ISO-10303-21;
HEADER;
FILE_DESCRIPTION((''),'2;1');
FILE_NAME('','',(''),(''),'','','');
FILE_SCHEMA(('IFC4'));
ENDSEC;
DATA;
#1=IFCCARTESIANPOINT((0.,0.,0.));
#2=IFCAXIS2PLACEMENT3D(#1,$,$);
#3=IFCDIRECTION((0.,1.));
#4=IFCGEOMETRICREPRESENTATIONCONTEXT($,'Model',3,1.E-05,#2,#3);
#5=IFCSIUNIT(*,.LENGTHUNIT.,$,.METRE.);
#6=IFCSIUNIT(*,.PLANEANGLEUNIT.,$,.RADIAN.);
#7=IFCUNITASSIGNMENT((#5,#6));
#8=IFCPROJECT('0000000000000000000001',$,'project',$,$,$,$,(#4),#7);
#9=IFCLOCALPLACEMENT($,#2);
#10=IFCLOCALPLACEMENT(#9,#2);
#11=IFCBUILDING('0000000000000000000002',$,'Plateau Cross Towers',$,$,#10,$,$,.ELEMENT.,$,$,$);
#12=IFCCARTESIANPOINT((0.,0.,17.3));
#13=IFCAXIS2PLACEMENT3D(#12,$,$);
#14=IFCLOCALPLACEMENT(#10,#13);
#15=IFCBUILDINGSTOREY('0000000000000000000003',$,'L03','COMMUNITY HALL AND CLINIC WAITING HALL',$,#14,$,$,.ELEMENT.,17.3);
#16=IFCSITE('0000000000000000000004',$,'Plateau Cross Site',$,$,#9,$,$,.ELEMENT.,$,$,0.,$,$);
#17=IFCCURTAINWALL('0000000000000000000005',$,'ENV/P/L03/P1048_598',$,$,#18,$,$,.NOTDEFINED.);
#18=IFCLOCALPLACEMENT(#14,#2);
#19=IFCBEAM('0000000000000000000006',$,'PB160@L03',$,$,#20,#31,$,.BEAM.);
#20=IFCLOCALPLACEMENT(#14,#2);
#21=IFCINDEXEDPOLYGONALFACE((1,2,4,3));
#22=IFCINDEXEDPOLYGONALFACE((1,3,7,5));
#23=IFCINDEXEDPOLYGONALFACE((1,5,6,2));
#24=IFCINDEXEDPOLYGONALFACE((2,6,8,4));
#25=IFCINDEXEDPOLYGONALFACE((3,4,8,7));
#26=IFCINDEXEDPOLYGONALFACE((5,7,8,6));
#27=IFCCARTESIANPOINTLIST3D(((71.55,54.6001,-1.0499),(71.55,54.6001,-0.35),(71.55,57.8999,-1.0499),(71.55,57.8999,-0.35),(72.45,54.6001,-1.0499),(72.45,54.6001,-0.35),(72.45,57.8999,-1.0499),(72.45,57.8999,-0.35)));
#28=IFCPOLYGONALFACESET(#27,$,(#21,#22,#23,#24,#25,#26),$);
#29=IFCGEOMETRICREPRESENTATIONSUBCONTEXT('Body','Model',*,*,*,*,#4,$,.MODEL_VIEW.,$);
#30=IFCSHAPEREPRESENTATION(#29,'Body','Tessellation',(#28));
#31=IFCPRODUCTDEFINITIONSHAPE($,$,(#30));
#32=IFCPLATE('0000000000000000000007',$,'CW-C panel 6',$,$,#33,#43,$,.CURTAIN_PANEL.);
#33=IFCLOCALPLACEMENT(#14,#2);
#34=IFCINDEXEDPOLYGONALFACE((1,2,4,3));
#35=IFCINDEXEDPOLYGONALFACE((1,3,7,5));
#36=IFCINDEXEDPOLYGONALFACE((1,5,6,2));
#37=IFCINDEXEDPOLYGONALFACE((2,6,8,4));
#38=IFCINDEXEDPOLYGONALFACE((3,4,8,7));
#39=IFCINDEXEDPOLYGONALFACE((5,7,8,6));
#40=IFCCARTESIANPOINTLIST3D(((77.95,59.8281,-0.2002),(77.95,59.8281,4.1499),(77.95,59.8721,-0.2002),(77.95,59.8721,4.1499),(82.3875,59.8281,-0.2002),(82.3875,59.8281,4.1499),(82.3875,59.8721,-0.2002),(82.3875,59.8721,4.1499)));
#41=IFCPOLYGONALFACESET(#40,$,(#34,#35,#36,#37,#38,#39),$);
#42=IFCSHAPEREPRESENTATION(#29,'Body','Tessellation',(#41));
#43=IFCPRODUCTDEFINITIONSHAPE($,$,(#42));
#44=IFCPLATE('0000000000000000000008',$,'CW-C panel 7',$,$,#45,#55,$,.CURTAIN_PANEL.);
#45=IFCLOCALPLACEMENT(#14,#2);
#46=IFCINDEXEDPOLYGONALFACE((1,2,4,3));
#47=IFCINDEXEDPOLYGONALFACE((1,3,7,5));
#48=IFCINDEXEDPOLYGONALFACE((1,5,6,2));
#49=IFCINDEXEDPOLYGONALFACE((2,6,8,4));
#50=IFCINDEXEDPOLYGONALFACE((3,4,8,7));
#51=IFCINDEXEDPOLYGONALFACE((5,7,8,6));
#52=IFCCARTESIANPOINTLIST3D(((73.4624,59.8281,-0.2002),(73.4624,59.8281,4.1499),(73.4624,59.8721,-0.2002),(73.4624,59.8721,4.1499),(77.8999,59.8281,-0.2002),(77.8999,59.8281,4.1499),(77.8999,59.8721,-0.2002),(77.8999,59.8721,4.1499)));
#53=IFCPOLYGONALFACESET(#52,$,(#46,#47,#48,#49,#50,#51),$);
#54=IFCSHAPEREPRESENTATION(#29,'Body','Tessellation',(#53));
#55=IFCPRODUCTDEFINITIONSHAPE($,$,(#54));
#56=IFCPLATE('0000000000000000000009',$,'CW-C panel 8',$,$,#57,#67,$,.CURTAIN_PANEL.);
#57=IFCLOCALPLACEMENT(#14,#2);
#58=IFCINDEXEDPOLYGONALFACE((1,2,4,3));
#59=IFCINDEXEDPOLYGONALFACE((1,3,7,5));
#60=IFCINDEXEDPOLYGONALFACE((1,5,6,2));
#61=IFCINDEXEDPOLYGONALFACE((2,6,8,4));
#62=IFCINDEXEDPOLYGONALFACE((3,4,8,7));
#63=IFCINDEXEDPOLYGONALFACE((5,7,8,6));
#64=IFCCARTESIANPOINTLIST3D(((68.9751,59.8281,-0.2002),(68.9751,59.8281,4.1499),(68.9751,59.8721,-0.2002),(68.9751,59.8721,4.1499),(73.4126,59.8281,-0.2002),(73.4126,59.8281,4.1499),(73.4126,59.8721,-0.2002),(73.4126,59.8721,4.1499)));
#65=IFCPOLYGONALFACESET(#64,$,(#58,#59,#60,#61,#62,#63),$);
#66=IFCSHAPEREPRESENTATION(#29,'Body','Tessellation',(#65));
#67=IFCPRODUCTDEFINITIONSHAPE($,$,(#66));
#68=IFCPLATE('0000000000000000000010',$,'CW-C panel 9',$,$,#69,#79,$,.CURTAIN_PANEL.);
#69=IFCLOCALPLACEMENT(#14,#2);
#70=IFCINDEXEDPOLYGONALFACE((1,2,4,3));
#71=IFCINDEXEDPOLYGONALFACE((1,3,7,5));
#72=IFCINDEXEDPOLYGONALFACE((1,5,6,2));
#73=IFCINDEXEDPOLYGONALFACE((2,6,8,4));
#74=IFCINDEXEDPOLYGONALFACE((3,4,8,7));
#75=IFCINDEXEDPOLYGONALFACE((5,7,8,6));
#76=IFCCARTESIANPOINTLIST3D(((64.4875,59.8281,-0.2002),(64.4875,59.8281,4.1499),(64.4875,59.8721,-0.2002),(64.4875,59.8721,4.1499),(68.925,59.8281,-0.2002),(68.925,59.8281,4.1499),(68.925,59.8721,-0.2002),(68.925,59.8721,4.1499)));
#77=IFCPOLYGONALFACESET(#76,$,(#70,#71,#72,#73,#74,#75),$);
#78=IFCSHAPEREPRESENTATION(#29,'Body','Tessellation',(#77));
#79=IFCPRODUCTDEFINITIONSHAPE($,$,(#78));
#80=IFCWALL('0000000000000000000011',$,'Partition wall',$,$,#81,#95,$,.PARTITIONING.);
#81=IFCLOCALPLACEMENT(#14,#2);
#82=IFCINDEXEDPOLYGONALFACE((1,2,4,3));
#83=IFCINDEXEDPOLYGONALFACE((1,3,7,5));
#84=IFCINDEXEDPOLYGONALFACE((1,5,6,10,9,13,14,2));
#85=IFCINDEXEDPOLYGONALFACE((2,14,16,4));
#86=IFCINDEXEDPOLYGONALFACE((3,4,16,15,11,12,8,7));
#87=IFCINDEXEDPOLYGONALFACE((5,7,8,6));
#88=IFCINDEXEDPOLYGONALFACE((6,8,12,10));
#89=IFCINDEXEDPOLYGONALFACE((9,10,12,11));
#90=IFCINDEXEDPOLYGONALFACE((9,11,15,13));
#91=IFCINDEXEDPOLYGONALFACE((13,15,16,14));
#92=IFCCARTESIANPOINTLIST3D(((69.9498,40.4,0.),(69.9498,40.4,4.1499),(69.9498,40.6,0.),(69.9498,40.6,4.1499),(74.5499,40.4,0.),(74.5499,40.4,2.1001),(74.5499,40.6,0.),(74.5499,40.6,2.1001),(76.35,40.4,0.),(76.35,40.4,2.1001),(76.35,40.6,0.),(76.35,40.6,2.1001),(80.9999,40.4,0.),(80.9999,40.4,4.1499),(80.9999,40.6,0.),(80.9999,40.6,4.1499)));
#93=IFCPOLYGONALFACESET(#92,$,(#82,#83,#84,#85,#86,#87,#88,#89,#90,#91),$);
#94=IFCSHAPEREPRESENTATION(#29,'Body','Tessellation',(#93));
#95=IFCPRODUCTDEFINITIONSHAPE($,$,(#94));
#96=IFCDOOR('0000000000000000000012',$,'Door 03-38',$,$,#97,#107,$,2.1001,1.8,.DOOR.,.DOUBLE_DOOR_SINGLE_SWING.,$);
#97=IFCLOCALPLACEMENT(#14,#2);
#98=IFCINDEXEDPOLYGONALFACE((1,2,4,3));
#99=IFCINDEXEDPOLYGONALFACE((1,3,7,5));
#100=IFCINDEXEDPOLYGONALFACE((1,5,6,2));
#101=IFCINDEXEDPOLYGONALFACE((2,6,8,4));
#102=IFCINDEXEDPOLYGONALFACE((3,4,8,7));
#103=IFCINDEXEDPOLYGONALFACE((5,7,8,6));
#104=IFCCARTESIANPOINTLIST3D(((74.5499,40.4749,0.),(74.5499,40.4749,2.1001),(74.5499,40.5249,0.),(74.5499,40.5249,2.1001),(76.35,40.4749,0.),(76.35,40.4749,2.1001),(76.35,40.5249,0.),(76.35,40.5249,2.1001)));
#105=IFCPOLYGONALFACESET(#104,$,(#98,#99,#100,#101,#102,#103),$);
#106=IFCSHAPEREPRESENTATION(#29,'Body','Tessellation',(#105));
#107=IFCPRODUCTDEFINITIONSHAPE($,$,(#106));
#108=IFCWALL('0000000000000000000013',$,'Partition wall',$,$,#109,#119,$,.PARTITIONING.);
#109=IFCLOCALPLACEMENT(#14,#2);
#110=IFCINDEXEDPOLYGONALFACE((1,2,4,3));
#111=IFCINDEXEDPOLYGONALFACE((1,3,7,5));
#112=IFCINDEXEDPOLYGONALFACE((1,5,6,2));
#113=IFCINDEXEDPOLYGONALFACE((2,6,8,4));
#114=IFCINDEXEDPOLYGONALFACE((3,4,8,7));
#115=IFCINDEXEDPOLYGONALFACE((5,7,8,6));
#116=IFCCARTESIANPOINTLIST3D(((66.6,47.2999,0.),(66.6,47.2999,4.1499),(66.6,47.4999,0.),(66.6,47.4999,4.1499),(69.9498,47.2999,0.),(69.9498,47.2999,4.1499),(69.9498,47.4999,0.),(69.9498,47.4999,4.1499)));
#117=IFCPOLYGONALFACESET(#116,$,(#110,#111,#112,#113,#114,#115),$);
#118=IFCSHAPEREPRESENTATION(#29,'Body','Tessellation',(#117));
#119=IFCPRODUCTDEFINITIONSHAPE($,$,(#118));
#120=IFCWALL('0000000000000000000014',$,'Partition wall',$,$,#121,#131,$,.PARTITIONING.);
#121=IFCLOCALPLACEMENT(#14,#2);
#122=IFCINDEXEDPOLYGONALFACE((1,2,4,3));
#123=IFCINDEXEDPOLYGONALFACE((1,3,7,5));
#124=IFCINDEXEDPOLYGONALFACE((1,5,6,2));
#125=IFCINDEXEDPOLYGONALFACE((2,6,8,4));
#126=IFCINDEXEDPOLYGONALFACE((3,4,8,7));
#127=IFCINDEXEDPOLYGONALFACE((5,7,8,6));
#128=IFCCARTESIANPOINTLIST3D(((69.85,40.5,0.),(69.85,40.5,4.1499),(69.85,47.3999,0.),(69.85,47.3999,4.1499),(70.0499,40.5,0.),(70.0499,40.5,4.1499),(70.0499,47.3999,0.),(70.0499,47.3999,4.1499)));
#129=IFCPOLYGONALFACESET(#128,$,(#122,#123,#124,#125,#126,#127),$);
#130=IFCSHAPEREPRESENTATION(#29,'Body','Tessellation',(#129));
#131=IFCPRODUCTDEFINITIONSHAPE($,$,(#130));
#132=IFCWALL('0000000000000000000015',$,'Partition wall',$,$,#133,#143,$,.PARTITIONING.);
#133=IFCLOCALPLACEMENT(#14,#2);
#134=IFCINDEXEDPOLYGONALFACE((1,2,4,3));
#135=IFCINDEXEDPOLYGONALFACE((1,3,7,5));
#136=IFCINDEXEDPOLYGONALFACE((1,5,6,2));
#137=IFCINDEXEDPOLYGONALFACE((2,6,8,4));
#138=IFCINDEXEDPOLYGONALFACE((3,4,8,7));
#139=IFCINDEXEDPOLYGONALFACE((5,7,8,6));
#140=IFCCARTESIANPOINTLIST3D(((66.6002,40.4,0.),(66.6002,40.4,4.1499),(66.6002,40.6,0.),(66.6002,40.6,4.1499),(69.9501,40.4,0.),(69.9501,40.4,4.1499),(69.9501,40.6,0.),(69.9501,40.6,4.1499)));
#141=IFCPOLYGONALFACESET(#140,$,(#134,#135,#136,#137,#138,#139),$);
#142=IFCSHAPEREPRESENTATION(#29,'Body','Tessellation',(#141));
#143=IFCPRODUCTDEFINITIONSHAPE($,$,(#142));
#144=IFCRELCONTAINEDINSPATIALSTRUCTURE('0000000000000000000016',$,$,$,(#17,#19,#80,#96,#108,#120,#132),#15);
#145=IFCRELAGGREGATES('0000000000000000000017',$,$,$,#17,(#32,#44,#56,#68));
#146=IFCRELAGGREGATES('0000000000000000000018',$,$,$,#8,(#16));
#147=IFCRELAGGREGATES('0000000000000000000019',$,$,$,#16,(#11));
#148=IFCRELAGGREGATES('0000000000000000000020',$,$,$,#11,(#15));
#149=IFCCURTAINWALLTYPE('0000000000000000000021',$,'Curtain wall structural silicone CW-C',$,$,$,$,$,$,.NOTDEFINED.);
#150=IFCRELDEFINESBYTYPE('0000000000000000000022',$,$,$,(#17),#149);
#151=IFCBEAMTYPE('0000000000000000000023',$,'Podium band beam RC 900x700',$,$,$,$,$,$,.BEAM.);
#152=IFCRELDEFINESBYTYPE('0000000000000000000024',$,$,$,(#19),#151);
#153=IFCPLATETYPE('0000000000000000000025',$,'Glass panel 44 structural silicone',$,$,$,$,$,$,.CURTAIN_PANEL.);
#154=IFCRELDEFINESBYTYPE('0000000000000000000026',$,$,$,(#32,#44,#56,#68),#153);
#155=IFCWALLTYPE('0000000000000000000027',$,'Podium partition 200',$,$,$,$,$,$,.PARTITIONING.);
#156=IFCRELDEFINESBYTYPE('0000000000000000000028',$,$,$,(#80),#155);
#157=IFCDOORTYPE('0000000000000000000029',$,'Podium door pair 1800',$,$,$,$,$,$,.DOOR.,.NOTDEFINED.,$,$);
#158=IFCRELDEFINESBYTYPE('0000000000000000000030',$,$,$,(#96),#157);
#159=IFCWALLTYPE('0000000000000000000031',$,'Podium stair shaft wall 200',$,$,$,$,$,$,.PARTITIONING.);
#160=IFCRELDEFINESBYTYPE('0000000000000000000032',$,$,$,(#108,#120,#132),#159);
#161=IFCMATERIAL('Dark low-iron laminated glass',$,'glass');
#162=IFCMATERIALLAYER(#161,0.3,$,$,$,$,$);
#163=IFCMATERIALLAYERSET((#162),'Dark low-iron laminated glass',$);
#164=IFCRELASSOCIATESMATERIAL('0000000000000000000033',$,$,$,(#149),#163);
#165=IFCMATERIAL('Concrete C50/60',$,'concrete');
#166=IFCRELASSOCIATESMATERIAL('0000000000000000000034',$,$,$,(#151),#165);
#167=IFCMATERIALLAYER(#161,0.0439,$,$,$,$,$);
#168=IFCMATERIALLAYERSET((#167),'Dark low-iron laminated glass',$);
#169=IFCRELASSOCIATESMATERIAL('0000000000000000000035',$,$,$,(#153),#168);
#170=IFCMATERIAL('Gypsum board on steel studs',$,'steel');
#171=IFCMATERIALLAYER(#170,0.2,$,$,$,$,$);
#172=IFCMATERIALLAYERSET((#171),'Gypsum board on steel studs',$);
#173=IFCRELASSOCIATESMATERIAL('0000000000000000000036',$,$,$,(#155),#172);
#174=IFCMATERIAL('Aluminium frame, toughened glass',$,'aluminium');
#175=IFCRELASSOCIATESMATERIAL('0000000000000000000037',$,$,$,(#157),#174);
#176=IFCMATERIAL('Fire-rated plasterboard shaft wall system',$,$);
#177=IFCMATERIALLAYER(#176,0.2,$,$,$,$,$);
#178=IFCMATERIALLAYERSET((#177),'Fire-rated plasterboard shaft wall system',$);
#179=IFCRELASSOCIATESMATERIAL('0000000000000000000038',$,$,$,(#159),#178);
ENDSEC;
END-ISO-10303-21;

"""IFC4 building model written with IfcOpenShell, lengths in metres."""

from ifc_helpers import new_model, si_unit, direction, frame, frame_2d, origin, origin_2d, place, context, subcontext, project, spatial, rectangle, extrude, material, layer, layer_set, material_profile, profile_set, type_object, element, fill, aggregate, save


model = new_model("IFC4")

# Units and contexts
model_context = context("Model", 3, precision=1e-05, world=origin(), true_north=direction((0.0, 1.0)))
body_context = subcontext(model_context, "Body", "Model", "MODEL_VIEW")
ifc_project = project(units=[si_unit("LENGTHUNIT", "METRE"), si_unit("PLANEANGLEUNIT", "RADIAN")], contexts=[model_context])

# Site, building, storey
site_placement = place(None, origin())
site = spatial("IfcSite", under=ifc_project, at=site_placement, Name="Plateau Cross Site", CompositionType="ELEMENT", RefElevation=0.0)
building_placement = place(site_placement, origin())
building = spatial("IfcBuilding", under=site, at=building_placement, Name="Plateau Cross Towers", CompositionType="ELEMENT")
storey_placement = place(building_placement, frame((0.0, 0.0, 17.3)))
storey = spatial("IfcBuildingStorey", under=building, at=storey_placement, Name="L03", Description="COMMUNITY HALL AND CLINIC WAITING HALL", CompositionType="ELEMENT", Elevation=17.3)

# Curtain wall
ifc_material_1 = material(Name="Dark low-iron laminated glass", Category="glass")
ifc_layer_1 = layer(ifc_material_1, 0.3)
ifc_layer_set_1 = layer_set([ifc_layer_1], Name="Dark low-iron laminated glass")
curtain_wall_type = type_object("IfcCurtainWallType", Name="Curtain wall structural silicone CW-C", PredefinedType="NOTDEFINED", material=ifc_layer_set_1)
curtain_wall_placement = place(storey_placement, origin())
curtain_wall = element("IfcCurtainWall", 1, at=curtain_wall_placement, inside=storey, type_object=curtain_wall_type, Name="ENV/P/L03/P1048_598", PredefinedType="NOTDEFINED")

# Beam
ifc_material_2 = material(Name="Concrete C50/60", Category="concrete")
ifc_material_profile_1 = material_profile(ifc_material_2, rectangle(XDim=0.8999, YDim=0.7, at=origin_2d()), Name="RC 900x700")
ifc_profile_set_1 = profile_set([ifc_material_profile_1], Name="Concrete C50/60")
beam_type = type_object("IfcBeamType", Name="Podium band beam RC 900x700", PredefinedType="BEAM", material=ifc_profile_set_1)
beam_1_placement = place(storey_placement, frame((72.0, 54.6001, -0.7), z_axis=(0.0, 1.0, 0.0), x_axis=(-1.0, 0.0, 0.0)))
element("IfcBeam", 2, at=beam_1_placement, inside=storey, type_object=beam_type, Name="PB160@L03", PredefinedType="BEAM", context=body_context, shape_type="SweptSolid", body=[
    extrude(rectangle(XDim=0.8999, YDim=0.7, at=origin_2d()), origin(), (0.0, 0.0, 1.0), 3.2998),
])

# Plates
ifc_layer_2 = layer(ifc_material_1, 0.0439)
ifc_layer_set_2 = layer_set([ifc_layer_2], Name="Dark low-iron laminated glass")
plate_type = type_object("IfcPlateType", Name="Glass panel 44 structural silicone", PredefinedType="CURTAIN_PANEL", material=ifc_layer_set_2)
plate_1_placement = place(storey_placement, frame((80.1687, 59.8501, -0.2002), z_axis=(0.0, 0.0, 1.0), x_axis=(-1.0, 0.0, 0.0)))
plate_1 = element("IfcPlate", 3, at=plate_1_placement, type_object=plate_type, Name="CW-C panel 6", PredefinedType="CURTAIN_PANEL", context=body_context, shape_type="SweptSolid", body=[
    extrude(rectangle(XDim=4.4375, YDim=0.0439, at=origin_2d()), origin(), (0.0, 0.0, 1.0), 4.3501),
])
plate_2_placement = place(storey_placement, frame((75.6812, 59.8501, -0.2002), z_axis=(0.0, 0.0, 1.0), x_axis=(-1.0, 0.0, 0.0)))
plate_2 = element("IfcPlate", 4, at=plate_2_placement, type_object=plate_type, Name="CW-C panel 7", PredefinedType="CURTAIN_PANEL", context=body_context, shape_type="SweptSolid", body=[
    extrude(rectangle(XDim=4.4375, YDim=0.0439, at=origin_2d()), origin(), (0.0, 0.0, 1.0), 4.3501),
])
plate_3_placement = place(storey_placement, frame((71.1938, 59.8501, -0.2002), z_axis=(0.0, 0.0, 1.0), x_axis=(-1.0, 0.0, 0.0)))
plate_3 = element("IfcPlate", 5, at=plate_3_placement, type_object=plate_type, Name="CW-C panel 8", PredefinedType="CURTAIN_PANEL", context=body_context, shape_type="SweptSolid", body=[
    extrude(rectangle(XDim=4.4375, YDim=0.0439, at=origin_2d()), origin(), (0.0, 0.0, 1.0), 4.3501),
])
plate_4_placement = place(storey_placement, frame((66.7063, 59.8501, -0.2002), z_axis=(0.0, 0.0, 1.0), x_axis=(-1.0, 0.0, 0.0)))
plate_4 = element("IfcPlate", 6, at=plate_4_placement, type_object=plate_type, Name="CW-C panel 9", PredefinedType="CURTAIN_PANEL", context=body_context, shape_type="SweptSolid", body=[
    extrude(rectangle(XDim=4.4375, YDim=0.0439, at=origin_2d()), origin(), (0.0, 0.0, 1.0), 4.3501),
])
aggregate(curtain_wall, [plate_1, plate_2, plate_3, plate_4])

# Wall, opening, door
ifc_material_3 = material(Name="Gypsum board on steel studs", Category="steel")
ifc_layer_3 = layer(ifc_material_3, 0.2)
ifc_layer_set_3 = layer_set([ifc_layer_3], Name="Gypsum board on steel studs")
wall_type_1 = type_object("IfcWallType", Name="Podium partition 200", PredefinedType="PARTITIONING", material=ifc_layer_set_3)
wall_1_placement = place(storey_placement, frame((69.95, 40.5, 0.0), z_axis=(0.0, 0.0, 1.0), x_axis=(1.0, 0.0, 0.0)))
wall_1 = element("IfcWall", 7, at=wall_1_placement, inside=storey, type_object=wall_type_1, Name="Partition wall", PredefinedType="PARTITIONING", context=body_context, shape_type="SweptSolid", body=[
    extrude(rectangle(XDim=11.05, YDim=0.2, at=frame_2d((5.5249, 0.0))), origin(), (0.0, 0.0, 1.0), 4.1499),
])
opening_placement = place(wall_1_placement, frame((4.6001, 0.0, 0.0)))
opening = element("IfcOpeningElement", 8, at=opening_placement, cuts=wall_1, PredefinedType="OPENING", context=body_context, shape_type="SweptSolid", body=[
    extrude(rectangle(XDim=1.8, YDim=2.1001, at=frame_2d((0.8999, 1.05))), frame((0.0, 0.1099, 0.0), z_axis=(0.0, -1.0, 0.0), x_axis=(1.0, 0.0, 0.0)), (0.0, 0.0, 1.0), 0.22),
])
ifc_material_4 = material(Name="Aluminium frame, toughened glass", Category="aluminium")
door_type = type_object("IfcDoorType", Name="Podium door pair 1800", OperationType="NOTDEFINED", PredefinedType="DOOR", material=ifc_material_4)
door_placement = place(opening_placement, origin())
door = element("IfcDoor", 9, at=door_placement, inside=storey, type_object=door_type, Name="Door 03-38", OperationType="DOUBLE_DOOR_SINGLE_SWING", OverallHeight=2.1001, OverallWidth=1.8, PredefinedType="DOOR", context=body_context, shape_type="SweptSolid", body=[
    extrude(rectangle(XDim=1.8, YDim=2.1001, at=frame_2d((0.8999, 1.05))), frame((0.0, 0.0249, 0.0), z_axis=(0.0, -1.0, 0.0), x_axis=(1.0, 0.0, 0.0)), (0.0, 0.0, 1.0), 0.05),
])
fill(opening, door)

# Walls
ifc_material_5 = material(Name="Fire-rated plasterboard shaft wall system")
ifc_layer_4 = layer(ifc_material_5, 0.2)
ifc_layer_set_4 = layer_set([ifc_layer_4], Name="Fire-rated plasterboard shaft wall system")
wall_type_2 = type_object("IfcWallType", Name="Podium stair shaft wall 200", PredefinedType="PARTITIONING", material=ifc_layer_set_4)
wall_2_placement = place(storey_placement, frame((66.6001, 47.3999, 0.0), z_axis=(0.0, 0.0, 1.0), x_axis=(1.0, 0.0, 0.0)))
element("IfcWall", 10, at=wall_2_placement, inside=storey, type_object=wall_type_2, Name="Partition wall", PredefinedType="PARTITIONING", context=body_context, shape_type="SweptSolid", body=[
    extrude(rectangle(XDim=3.3499, YDim=0.2, at=frame_2d((1.6748, 0.0))), origin(), (0.0, 0.0, 1.0), 4.1499),
])
wall_3_placement = place(storey_placement, frame((69.95, 47.3999, 0.0), z_axis=(0.0, 0.0, 1.0), x_axis=(0.0, -1.0, 0.0)))
element("IfcWall", 11, at=wall_3_placement, inside=storey, type_object=wall_type_2, Name="Partition wall", PredefinedType="PARTITIONING", context=body_context, shape_type="SweptSolid", body=[
    extrude(rectangle(XDim=6.8999, YDim=0.2, at=frame_2d((3.45, 0.0))), origin(), (0.0, 0.0, 1.0), 4.1499),
])
wall_4_placement = place(storey_placement, frame((69.95, 40.5, 0.0), z_axis=(0.0, 0.0, 1.0), x_axis=(-1.0, 0.0, 0.0)))
element("IfcWall", 12, at=wall_4_placement, inside=storey, type_object=wall_type_2, Name="Partition wall", PredefinedType="PARTITIONING", context=body_context, shape_type="SweptSolid", body=[
    extrude(rectangle(XDim=3.3499, YDim=0.2, at=frame_2d((1.6748, 0.0))), origin(), (0.0, 0.0, 1.0), 4.1499),
])

save(model, "model.ifc")
